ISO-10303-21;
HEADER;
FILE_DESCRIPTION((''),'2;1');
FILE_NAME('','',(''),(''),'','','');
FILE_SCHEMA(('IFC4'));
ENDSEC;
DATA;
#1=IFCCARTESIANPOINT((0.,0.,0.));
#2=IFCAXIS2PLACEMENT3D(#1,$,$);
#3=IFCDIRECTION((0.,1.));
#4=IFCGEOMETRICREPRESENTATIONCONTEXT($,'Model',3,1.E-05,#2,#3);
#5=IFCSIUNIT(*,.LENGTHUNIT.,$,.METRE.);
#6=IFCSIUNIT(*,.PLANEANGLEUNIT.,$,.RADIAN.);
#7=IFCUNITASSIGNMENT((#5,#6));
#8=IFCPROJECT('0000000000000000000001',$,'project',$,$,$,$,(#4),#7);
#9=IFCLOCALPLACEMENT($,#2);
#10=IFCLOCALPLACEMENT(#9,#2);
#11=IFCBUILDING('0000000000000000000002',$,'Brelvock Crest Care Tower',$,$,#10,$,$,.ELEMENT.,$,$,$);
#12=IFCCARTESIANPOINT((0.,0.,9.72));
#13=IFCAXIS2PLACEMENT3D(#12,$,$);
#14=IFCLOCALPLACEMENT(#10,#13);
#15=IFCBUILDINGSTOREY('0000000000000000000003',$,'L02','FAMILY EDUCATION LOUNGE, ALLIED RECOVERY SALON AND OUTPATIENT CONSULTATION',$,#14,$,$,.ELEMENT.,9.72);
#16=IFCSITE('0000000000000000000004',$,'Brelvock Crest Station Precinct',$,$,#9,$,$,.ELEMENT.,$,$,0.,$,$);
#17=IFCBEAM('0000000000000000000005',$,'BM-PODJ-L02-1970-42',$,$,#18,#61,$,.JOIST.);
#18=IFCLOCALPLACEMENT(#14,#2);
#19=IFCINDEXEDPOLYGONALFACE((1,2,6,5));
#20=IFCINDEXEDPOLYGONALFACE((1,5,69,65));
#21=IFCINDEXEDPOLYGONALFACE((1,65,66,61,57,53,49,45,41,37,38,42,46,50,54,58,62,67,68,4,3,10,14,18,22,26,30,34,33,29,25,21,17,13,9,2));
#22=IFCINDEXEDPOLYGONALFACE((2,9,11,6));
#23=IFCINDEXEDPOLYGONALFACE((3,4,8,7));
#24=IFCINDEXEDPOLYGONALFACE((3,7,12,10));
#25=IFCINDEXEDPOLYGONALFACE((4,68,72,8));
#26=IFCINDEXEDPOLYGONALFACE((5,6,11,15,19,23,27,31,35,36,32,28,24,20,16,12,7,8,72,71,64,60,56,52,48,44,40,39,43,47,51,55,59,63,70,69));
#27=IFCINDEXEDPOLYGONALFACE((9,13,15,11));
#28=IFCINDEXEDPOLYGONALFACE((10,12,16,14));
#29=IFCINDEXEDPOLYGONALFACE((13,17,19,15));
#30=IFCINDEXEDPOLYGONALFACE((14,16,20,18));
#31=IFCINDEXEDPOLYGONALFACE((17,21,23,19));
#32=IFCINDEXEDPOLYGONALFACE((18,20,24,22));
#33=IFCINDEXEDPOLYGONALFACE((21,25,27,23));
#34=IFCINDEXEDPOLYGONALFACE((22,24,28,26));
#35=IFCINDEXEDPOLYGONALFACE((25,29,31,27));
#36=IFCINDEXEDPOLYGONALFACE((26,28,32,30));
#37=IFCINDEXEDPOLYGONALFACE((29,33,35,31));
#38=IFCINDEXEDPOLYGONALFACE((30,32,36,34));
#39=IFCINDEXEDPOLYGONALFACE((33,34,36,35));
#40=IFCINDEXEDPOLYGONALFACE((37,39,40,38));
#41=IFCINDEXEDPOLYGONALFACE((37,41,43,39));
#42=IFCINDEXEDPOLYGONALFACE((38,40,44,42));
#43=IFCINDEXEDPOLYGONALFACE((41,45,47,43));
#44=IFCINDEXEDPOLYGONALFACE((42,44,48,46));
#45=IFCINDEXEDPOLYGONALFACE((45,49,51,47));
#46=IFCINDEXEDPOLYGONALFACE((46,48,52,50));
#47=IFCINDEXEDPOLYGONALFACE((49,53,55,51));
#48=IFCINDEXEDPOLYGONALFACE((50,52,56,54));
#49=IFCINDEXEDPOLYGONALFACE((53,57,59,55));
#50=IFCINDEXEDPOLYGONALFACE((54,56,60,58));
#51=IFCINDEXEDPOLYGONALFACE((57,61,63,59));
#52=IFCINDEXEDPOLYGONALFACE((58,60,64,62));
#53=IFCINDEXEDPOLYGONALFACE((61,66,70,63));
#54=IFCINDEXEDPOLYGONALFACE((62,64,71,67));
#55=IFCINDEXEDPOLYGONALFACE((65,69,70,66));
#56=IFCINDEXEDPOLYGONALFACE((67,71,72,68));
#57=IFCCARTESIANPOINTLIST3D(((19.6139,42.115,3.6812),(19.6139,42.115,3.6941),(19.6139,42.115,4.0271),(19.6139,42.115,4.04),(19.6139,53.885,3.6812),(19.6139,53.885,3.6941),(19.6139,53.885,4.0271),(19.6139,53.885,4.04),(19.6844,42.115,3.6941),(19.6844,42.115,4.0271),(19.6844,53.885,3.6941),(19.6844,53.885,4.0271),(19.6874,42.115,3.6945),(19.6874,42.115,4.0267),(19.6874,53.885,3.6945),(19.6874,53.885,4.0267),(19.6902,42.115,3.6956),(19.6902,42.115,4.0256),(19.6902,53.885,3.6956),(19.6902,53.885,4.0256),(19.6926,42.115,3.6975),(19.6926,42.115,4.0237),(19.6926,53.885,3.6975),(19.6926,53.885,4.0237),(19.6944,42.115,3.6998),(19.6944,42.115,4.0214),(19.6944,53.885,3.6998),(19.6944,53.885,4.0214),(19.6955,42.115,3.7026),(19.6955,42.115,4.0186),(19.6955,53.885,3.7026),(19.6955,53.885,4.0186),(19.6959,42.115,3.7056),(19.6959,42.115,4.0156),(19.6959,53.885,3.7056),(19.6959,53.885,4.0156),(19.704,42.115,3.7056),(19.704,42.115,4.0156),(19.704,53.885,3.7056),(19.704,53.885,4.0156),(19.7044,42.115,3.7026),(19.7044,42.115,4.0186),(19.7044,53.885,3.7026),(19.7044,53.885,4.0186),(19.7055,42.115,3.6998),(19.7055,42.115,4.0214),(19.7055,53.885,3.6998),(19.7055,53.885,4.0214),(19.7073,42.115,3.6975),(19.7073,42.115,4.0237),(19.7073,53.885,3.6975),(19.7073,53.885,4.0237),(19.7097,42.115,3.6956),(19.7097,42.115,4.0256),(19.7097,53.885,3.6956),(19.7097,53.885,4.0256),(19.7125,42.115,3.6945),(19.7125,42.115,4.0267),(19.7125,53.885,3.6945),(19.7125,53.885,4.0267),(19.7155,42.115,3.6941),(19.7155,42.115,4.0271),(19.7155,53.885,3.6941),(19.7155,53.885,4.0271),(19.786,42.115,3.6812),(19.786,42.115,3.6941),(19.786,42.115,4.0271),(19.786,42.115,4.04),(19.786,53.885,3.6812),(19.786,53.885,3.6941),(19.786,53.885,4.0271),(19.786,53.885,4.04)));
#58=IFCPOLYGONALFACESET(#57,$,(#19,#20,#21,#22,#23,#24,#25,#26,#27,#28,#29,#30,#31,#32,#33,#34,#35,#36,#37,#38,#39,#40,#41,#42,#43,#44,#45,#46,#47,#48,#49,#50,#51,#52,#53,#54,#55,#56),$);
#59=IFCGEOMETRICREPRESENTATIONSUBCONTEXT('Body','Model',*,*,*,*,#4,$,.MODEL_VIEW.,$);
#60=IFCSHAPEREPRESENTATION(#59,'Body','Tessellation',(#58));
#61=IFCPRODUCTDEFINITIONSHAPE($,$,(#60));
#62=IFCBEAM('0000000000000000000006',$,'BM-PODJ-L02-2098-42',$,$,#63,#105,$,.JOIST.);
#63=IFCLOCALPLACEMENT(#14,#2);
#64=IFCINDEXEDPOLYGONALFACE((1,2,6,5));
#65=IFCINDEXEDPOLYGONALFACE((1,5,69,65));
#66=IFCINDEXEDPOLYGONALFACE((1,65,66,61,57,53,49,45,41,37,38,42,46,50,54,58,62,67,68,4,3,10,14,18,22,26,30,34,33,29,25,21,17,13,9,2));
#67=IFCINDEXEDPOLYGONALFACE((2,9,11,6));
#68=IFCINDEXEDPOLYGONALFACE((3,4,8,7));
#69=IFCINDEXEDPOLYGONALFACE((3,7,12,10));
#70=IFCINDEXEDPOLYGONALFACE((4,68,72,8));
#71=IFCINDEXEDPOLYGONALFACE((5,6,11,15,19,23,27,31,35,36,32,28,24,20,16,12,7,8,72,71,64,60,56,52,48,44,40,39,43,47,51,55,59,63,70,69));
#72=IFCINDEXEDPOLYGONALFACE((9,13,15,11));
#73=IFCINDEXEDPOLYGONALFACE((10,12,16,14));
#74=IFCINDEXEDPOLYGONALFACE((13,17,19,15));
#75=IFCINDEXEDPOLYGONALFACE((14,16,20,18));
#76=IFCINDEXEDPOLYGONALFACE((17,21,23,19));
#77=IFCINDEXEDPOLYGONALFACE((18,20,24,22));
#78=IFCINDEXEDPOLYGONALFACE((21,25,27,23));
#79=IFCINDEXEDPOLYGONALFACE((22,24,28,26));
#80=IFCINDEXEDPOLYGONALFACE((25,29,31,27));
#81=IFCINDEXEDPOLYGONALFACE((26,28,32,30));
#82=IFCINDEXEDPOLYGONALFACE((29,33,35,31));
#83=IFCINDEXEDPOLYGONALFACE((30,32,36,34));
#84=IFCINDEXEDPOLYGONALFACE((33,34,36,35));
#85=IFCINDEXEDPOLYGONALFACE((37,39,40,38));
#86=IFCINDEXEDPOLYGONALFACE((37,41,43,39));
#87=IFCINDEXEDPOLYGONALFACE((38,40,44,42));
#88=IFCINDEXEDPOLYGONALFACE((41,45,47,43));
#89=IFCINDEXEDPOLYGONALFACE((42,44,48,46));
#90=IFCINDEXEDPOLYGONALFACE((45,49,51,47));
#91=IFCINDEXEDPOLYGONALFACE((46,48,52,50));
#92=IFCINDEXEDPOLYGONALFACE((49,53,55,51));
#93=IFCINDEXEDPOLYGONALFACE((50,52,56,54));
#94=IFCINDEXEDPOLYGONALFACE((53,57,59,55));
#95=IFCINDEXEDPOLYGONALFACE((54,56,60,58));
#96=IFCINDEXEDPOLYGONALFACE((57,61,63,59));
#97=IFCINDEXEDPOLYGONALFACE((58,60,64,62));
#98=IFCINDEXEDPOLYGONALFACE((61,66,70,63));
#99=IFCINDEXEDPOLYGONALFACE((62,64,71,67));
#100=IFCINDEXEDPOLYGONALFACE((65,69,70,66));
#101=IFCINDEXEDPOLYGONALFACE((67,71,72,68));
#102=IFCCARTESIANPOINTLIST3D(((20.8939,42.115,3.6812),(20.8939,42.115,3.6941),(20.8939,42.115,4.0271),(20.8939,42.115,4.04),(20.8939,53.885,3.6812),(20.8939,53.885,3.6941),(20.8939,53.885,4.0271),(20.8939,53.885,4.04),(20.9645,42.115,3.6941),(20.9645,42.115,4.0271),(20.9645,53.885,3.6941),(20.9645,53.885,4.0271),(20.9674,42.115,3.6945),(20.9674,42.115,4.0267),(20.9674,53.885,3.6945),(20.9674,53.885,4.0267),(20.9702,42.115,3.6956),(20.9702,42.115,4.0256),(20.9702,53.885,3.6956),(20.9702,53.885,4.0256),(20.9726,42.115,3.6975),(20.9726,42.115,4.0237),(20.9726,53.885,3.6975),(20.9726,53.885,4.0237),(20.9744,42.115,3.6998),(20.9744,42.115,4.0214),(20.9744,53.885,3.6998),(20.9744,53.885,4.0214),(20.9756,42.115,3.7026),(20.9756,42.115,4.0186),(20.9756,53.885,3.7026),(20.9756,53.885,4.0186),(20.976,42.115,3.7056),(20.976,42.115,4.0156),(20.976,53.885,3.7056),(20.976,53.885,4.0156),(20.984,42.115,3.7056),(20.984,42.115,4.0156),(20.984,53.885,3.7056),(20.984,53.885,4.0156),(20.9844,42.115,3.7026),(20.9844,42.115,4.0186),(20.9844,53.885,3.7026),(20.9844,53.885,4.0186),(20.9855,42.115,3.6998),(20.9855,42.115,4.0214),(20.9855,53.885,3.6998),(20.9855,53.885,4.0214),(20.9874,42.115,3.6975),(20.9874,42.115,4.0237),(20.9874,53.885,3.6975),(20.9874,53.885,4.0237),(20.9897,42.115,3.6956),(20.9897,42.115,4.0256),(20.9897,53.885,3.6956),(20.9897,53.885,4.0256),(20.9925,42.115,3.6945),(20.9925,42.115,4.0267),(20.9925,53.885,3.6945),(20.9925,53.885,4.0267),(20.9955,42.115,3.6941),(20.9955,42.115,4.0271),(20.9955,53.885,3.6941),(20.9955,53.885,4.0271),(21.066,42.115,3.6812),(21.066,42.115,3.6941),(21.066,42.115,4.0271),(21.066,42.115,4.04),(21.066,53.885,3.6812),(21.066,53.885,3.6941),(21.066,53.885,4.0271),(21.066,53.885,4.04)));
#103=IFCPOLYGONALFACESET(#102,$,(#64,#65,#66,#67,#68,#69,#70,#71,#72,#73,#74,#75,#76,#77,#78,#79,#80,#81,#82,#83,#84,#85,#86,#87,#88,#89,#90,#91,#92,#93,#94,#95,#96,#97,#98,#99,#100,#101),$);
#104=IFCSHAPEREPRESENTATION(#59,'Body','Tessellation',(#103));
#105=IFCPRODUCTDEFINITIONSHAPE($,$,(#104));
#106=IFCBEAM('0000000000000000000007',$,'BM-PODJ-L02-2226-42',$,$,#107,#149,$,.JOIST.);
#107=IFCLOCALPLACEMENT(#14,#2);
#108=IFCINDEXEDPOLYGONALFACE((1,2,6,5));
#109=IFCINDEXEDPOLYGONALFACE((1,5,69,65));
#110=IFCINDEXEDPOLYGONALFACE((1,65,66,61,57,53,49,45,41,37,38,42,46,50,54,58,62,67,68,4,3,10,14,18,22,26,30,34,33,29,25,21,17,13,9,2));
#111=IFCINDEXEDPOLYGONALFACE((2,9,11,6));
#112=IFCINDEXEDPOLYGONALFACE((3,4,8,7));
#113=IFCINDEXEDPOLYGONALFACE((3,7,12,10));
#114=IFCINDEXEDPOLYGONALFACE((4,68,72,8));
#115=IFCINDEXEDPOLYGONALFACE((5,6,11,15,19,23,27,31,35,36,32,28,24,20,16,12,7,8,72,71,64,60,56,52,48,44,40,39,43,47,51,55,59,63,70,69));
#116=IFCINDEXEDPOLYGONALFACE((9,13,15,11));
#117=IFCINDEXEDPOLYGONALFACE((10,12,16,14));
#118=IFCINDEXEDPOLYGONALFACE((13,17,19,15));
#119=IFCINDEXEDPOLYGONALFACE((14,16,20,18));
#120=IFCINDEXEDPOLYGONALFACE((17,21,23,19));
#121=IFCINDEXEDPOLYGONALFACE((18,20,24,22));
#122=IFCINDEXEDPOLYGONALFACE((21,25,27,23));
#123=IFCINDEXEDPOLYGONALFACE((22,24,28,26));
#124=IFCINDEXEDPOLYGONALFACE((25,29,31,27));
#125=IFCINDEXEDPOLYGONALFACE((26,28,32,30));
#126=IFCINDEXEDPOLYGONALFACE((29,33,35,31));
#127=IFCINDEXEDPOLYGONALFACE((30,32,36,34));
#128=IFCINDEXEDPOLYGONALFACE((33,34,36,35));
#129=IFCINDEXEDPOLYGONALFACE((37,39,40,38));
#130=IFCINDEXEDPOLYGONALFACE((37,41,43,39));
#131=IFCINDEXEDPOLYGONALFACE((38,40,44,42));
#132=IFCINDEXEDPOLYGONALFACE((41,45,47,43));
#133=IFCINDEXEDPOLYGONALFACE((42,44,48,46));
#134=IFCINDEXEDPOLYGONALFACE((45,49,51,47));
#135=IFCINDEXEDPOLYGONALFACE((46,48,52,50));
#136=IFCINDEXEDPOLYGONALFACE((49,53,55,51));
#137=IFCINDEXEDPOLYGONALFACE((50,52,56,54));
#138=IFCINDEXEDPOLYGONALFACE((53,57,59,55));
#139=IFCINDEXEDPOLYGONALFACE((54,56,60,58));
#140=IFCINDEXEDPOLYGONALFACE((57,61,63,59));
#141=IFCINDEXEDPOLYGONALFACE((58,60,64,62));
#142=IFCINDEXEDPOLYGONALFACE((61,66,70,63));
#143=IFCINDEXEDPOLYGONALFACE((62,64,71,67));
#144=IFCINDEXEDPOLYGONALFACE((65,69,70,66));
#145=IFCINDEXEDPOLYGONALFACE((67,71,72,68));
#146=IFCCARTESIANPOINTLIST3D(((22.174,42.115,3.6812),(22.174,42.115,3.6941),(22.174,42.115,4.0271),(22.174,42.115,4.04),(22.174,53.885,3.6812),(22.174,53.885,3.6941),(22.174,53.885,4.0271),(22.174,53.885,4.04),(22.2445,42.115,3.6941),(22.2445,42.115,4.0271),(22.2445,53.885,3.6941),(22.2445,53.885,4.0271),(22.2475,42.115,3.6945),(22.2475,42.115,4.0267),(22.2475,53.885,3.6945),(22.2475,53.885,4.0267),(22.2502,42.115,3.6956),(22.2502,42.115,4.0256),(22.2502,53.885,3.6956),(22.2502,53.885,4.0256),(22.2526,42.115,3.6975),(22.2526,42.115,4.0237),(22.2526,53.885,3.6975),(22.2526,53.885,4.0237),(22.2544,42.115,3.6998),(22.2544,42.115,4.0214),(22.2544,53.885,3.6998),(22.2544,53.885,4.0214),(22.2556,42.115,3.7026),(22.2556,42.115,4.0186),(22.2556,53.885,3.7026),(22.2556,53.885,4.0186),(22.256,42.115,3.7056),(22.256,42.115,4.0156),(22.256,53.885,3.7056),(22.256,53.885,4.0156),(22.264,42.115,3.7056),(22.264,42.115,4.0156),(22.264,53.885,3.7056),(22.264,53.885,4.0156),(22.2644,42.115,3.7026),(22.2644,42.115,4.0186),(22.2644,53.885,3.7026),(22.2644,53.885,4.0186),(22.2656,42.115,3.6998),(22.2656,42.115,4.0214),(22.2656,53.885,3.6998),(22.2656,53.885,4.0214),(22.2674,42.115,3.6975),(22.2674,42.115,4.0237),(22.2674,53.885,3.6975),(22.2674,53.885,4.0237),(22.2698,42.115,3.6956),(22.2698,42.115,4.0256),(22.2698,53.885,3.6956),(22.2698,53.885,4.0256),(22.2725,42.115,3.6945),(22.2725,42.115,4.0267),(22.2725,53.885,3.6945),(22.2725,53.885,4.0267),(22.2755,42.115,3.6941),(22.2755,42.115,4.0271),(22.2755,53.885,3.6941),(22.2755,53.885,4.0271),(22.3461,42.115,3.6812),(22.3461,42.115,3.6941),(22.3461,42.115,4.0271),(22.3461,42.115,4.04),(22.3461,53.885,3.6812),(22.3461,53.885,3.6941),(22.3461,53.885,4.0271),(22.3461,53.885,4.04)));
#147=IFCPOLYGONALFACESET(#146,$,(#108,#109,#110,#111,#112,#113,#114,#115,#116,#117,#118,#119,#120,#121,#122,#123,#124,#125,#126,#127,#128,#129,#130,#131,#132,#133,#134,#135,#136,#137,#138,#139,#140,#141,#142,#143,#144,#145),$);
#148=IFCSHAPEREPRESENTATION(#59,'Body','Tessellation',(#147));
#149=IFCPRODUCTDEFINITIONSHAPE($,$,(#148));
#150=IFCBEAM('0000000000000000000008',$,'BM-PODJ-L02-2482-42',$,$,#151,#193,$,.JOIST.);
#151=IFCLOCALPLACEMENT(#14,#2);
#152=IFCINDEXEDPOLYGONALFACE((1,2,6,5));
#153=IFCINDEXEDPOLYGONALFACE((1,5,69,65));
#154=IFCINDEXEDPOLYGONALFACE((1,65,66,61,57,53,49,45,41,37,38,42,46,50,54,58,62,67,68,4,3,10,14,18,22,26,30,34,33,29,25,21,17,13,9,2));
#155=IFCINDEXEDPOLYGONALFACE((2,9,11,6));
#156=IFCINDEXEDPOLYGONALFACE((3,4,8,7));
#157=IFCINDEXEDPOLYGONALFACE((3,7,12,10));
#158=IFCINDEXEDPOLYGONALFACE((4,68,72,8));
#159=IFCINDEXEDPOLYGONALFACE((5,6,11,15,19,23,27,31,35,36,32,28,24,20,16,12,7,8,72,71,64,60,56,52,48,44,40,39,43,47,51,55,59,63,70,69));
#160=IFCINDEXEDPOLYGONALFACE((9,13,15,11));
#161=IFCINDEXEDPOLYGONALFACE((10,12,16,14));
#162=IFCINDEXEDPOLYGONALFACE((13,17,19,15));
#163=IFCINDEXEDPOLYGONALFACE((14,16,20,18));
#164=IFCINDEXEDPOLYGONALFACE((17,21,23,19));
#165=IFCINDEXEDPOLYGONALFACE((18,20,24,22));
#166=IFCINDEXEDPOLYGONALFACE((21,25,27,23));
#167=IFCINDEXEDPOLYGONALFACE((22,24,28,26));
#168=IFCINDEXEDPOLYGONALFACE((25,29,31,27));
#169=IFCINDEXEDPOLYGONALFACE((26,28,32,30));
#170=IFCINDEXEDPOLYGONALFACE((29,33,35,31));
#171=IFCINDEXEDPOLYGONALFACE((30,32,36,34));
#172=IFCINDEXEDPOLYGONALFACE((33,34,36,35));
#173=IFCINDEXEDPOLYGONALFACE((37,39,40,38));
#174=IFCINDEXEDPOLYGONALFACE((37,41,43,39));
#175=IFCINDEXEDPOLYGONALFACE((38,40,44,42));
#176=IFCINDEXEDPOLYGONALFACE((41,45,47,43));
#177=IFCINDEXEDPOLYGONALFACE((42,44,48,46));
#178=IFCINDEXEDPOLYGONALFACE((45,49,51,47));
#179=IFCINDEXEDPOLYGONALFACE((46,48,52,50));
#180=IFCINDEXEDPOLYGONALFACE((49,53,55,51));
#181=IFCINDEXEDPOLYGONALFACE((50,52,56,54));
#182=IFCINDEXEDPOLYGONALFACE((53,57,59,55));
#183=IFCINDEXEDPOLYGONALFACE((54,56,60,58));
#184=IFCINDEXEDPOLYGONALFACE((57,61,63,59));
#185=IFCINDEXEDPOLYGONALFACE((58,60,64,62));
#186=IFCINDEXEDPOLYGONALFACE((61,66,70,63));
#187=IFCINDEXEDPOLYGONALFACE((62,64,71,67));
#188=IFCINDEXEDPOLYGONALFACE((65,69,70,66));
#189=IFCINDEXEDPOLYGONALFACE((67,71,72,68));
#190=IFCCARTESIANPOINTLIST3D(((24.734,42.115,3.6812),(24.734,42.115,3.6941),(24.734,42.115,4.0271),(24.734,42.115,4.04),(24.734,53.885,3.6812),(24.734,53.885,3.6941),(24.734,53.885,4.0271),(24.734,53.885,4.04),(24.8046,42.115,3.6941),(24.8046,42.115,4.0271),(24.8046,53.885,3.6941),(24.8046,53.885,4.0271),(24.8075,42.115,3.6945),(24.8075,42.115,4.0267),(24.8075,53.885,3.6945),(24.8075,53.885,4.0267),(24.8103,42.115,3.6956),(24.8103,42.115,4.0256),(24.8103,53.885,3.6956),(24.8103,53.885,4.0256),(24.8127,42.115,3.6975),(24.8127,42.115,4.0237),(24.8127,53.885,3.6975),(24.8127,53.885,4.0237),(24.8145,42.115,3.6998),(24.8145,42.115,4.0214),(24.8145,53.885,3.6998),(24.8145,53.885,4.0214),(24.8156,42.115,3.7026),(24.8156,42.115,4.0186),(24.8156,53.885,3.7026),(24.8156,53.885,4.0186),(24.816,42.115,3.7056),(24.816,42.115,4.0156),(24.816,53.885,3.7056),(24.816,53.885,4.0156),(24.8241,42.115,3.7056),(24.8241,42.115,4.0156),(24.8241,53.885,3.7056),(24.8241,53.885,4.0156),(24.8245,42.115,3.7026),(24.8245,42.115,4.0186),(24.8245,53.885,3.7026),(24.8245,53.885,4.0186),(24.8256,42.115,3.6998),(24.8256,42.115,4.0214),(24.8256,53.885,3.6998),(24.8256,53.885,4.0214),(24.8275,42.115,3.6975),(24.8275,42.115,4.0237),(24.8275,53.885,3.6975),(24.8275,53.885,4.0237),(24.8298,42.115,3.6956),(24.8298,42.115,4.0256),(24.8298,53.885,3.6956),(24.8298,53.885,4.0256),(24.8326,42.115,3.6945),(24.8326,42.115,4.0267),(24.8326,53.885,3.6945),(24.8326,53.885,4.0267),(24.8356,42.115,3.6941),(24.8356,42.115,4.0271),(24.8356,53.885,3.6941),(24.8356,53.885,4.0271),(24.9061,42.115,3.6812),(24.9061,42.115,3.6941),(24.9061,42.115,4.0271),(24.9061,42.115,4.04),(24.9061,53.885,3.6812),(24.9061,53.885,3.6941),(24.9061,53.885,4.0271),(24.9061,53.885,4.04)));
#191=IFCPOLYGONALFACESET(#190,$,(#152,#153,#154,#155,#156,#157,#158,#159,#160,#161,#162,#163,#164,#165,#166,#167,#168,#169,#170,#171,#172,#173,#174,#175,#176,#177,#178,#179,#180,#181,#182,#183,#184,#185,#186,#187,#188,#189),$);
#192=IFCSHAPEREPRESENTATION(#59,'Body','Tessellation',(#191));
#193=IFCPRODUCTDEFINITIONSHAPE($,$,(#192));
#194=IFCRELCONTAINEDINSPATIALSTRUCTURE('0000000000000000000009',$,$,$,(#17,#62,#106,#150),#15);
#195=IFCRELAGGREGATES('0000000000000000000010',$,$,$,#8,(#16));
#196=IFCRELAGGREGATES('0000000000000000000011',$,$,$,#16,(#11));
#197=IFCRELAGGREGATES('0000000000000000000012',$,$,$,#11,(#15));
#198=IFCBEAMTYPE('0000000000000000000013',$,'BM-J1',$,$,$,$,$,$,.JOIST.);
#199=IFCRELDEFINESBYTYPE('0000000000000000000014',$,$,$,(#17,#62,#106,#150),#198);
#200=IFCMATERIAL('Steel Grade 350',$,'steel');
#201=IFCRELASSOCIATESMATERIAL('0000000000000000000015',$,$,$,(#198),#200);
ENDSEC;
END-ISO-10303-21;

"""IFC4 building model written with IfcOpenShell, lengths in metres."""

from ifc_helpers import new_model, si_unit, direction, frame, origin, origin_2d, place, context, subcontext, project, spatial, i_section, extrude, source, transform, mapped, material, material_profile, profile_set, type_object, element, save


model = new_model("IFC4")

# Units and contexts
model_context = context("Model", 3, precision=1e-05, world=origin(), true_north=direction((0.0, 1.0)))
body_context = subcontext(model_context, "Body", "Model", "MODEL_VIEW")
ifc_project = project(units=[si_unit("LENGTHUNIT", "METRE"), si_unit("PLANEANGLEUNIT", "RADIAN")], contexts=[model_context])

# Site, building, storey
site_placement = place(None, origin())
site = spatial("IfcSite", under=ifc_project, at=site_placement, Name="Brelvock Crest Station Precinct", CompositionType="ELEMENT", RefElevation=0.0)
building_placement = place(site_placement, origin())
building = spatial("IfcBuilding", under=site, at=building_placement, Name="Brelvock Crest Care Tower", CompositionType="ELEMENT")
storey_placement = place(building_placement, frame((0.0, 0.0, 9.72)))
storey = spatial("IfcBuildingStorey", under=building, at=storey_placement, Name="L02", Description="FAMILY EDUCATION LOUNGE, ALLIED RECOVERY SALON AND OUTPATIENT CONSULTATION", CompositionType="ELEMENT", Elevation=9.72)

# Shared definitions
ifc_material_1 = material(Name="Steel Grade 350", Category="steel")

# Beams
ifc_material_profile_1 = material_profile(ifc_material_1, i_section(OverallWidth=0.1721, OverallDepth=0.3589, WebThickness=0.0081, FlangeThickness=0.0129, FilletRadius=0.0115, at=origin_2d()), Name="360UB56.7")
ifc_profile_set_1 = profile_set([ifc_material_profile_1], Name="Steel Grade 350")
beam_type_1 = type_object("IfcBeamType", Name="BM-J1", PredefinedType="JOIST", material=ifc_profile_set_1)
shared_shape_1 = source(origin(), body_context, "Body", "SweptSolid", [
    extrude(i_section(OverallWidth=0.1721, OverallDepth=0.3589, WebThickness=0.0081, FlangeThickness=0.0129, FilletRadius=0.0115, at=origin_2d()), origin(), (0.0, 0.0, 1.0), 11.77),
])
for number, where, z_axis, x_axis, name in (
    (1, (19.7, 42.115, 3.8606), (0.0, 1.0, 0.0), (-1.0, 0.0, 0.0), "BM-PODJ-L02-1970-42"),
    (2, (20.98, 42.115, 3.8606), (0.0, 1.0, 0.0), (-1.0, 0.0, 0.0), "BM-PODJ-L02-2098-42"),
    (3, (22.26, 42.115, 3.8606), (0.0, 1.0, 0.0), (-1.0, 0.0, 0.0), "BM-PODJ-L02-2226-42"),
    (4, (24.8201, 42.115, 3.8606), (0.0, 1.0, 0.0), (-1.0, 0.0, 0.0), "BM-PODJ-L02-2482-42"),
):
    element("IfcBeam", number, at=place(storey_placement, frame(where, z_axis=z_axis, x_axis=x_axis)), inside=storey, type_object=beam_type_1, Name=name, PredefinedType="JOIST", context=body_context, shape_type="MappedRepresentation", body=[
        mapped(shared_shape_1, transform((0.0, 0.0, 0.0), x_axis=(1.0, 0.0, 0.0), y_axis=(0.0, 1.0, 0.0), z_axis=(0.0, 0.0, 1.0), scale=1.0)),
    ])

save(model, "model.ifc")
